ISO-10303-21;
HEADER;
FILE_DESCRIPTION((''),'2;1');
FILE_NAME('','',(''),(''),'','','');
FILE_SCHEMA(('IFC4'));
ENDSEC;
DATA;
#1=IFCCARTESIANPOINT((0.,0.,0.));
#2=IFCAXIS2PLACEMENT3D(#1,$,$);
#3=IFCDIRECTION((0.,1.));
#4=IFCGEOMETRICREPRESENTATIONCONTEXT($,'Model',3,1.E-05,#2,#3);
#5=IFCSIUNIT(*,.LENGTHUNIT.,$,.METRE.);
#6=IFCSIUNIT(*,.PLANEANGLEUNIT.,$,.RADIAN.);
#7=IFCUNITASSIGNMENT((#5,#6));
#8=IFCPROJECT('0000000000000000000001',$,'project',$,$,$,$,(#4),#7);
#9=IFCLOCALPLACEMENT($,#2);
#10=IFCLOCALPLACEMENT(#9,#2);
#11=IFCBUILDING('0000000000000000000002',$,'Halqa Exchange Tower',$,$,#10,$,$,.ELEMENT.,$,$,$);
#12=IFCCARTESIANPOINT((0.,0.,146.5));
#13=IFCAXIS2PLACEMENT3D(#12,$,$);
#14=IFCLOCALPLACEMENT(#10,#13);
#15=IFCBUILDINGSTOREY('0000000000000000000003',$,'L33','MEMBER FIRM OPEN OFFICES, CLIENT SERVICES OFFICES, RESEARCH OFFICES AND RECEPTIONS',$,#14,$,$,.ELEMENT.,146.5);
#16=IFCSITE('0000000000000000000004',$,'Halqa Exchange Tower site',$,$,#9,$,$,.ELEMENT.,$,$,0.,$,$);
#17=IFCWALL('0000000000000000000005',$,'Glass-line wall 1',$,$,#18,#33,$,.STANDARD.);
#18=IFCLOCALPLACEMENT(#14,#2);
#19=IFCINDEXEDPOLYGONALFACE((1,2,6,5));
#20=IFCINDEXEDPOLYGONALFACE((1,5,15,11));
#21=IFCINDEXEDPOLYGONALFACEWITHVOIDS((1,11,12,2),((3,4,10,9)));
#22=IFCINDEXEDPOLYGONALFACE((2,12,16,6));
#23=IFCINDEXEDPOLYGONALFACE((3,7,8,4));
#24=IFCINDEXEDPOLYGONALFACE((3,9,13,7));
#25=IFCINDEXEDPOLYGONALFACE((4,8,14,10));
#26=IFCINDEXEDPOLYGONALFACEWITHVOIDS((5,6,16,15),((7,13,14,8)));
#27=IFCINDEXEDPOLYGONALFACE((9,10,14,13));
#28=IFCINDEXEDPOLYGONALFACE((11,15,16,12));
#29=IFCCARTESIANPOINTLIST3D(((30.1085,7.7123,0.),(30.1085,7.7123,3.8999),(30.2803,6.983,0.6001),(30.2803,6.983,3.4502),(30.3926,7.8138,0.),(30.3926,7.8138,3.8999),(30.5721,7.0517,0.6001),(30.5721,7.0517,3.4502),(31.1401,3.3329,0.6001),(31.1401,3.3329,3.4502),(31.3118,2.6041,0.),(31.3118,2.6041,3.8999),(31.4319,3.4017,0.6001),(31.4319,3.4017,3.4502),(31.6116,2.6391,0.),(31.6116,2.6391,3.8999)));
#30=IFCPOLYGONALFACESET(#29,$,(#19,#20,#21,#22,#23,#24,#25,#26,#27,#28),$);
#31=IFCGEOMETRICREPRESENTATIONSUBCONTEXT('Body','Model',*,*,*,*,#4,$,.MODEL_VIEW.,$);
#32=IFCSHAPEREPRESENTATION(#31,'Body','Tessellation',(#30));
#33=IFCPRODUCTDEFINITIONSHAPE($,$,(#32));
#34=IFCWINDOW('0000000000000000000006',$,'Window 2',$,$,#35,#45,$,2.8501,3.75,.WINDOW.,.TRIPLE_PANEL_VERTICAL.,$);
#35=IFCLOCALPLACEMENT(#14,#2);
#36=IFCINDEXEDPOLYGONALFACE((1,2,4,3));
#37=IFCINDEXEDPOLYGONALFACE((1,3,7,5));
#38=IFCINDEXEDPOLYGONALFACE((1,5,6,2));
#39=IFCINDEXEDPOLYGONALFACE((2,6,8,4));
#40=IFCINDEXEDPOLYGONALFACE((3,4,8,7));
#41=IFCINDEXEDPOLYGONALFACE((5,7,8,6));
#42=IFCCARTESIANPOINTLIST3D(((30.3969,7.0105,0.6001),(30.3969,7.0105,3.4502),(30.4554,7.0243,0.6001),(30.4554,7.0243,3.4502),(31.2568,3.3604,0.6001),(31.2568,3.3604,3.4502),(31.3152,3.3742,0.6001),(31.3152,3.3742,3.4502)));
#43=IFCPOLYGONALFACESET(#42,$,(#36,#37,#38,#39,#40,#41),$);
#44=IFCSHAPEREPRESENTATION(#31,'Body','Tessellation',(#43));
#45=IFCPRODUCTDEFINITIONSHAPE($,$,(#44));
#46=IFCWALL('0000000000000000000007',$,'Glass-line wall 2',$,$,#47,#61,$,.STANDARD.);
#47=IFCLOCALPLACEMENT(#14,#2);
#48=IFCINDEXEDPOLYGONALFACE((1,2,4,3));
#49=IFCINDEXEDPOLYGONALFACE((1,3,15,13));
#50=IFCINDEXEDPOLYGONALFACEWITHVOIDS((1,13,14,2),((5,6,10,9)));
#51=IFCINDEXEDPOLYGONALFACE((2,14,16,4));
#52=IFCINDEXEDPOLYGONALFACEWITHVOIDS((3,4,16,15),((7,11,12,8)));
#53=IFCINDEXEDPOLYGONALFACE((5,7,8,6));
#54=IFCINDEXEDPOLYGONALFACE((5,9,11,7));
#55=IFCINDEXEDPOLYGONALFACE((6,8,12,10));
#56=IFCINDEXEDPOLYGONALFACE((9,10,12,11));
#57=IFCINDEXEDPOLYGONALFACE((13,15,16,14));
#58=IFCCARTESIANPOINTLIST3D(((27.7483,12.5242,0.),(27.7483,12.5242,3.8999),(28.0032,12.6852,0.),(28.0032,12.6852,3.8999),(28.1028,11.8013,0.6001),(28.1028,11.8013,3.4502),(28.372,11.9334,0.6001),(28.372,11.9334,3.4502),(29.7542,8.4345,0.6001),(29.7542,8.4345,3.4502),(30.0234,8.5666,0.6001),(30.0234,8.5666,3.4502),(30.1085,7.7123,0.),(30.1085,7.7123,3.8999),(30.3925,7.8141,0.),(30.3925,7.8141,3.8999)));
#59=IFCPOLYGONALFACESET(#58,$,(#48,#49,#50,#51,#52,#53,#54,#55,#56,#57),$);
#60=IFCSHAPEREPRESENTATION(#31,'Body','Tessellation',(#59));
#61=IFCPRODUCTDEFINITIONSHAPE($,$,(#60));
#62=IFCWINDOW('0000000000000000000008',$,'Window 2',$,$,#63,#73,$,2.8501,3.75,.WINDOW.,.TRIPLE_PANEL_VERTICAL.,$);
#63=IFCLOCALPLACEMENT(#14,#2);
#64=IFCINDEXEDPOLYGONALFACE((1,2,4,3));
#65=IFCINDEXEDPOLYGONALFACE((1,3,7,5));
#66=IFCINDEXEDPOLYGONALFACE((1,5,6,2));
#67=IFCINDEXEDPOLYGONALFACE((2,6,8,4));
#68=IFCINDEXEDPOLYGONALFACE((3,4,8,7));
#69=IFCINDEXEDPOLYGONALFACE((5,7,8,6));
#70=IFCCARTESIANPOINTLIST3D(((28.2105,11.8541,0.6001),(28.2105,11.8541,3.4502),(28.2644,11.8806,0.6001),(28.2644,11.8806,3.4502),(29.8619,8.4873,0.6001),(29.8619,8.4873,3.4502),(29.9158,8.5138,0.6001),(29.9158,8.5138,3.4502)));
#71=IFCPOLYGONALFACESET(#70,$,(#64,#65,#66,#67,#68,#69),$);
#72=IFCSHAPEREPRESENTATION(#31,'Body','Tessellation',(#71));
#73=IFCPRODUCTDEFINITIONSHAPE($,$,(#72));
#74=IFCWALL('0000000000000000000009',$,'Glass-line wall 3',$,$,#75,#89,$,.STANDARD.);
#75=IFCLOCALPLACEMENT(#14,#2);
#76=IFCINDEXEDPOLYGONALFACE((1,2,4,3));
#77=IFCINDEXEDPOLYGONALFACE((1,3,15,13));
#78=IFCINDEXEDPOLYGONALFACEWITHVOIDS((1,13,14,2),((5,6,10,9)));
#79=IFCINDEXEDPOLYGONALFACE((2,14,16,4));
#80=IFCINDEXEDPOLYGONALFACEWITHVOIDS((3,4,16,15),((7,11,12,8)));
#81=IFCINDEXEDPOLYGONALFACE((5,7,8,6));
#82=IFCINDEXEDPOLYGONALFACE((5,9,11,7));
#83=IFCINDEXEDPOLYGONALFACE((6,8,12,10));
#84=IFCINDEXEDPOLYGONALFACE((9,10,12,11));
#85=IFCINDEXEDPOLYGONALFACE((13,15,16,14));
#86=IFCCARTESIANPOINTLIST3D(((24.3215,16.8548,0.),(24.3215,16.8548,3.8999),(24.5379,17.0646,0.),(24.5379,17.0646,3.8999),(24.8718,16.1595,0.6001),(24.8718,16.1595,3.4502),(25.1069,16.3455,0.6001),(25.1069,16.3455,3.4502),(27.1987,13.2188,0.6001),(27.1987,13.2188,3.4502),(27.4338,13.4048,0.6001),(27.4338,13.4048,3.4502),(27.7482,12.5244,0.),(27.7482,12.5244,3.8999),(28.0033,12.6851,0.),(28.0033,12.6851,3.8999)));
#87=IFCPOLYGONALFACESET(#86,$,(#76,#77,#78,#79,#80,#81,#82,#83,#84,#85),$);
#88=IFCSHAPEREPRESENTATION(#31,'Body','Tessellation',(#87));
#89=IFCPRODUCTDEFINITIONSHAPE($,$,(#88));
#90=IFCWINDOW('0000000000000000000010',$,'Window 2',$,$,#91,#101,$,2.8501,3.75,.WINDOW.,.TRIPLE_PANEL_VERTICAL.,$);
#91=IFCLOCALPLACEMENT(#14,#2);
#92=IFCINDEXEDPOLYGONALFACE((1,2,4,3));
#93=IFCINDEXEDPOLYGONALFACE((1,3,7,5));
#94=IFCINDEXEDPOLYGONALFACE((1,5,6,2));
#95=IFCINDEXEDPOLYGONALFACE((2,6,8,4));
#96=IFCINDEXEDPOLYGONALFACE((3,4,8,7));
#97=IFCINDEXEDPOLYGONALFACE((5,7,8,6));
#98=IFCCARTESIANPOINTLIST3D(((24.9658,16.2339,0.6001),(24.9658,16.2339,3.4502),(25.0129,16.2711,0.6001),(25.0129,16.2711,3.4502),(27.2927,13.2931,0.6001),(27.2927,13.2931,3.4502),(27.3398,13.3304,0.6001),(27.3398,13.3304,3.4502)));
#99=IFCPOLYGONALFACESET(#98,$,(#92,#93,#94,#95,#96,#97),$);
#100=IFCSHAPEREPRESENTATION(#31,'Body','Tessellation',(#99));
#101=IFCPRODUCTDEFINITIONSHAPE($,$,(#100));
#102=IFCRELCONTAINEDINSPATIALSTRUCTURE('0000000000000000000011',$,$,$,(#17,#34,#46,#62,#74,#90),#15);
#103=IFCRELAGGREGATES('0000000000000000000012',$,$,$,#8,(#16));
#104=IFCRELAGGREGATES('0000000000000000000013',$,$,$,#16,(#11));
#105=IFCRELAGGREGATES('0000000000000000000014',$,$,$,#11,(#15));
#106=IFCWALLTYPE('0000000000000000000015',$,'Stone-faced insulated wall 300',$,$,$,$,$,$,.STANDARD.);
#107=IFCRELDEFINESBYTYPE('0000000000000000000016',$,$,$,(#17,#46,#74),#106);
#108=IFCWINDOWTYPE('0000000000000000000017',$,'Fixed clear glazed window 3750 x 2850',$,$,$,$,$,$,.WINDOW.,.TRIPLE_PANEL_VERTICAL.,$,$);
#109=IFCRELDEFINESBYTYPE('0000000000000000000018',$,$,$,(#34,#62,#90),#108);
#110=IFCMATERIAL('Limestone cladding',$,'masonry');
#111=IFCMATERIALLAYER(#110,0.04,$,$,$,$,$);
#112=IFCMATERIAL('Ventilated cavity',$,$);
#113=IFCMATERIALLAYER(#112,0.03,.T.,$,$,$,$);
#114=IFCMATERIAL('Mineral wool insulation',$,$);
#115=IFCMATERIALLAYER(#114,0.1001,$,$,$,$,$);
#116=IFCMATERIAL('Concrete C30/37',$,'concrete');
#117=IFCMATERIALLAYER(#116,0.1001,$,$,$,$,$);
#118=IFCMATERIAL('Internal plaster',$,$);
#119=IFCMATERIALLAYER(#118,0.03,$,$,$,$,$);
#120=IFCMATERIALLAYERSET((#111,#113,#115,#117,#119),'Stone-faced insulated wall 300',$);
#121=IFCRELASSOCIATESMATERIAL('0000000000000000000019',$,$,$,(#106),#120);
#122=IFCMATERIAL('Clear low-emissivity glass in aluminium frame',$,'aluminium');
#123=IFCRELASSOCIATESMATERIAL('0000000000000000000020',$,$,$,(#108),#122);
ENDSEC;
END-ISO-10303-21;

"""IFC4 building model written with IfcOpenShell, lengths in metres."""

from ifc_helpers import new_model, si_unit, direction, frame, frame_2d, origin, place, context, subcontext, project, spatial, polyline, rectangle, outline, extrude, material, layer, layer_set, type_object, element, fill, save


model = new_model("IFC4")

# Units and contexts
model_context = context("Model", 3, precision=1e-05, world=origin(), true_north=direction((0.0, 1.0)))
body_context = subcontext(model_context, "Body", "Model", "MODEL_VIEW")
ifc_project = project(units=[si_unit("LENGTHUNIT", "METRE"), si_unit("PLANEANGLEUNIT", "RADIAN")], contexts=[model_context])

# Site, building, storey
site_placement = place(None, origin())
site = spatial("IfcSite", under=ifc_project, at=site_placement, Name="Halqa Exchange Tower site", CompositionType="ELEMENT", RefElevation=0.0)
building_placement = place(site_placement, origin())
building = spatial("IfcBuilding", under=site, at=building_placement, Name="Halqa Exchange Tower", CompositionType="ELEMENT")
storey_placement = place(building_placement, frame((0.0, 0.0, 146.5)))
storey = spatial("IfcBuildingStorey", under=building, at=storey_placement, Name="L33", Description="MEMBER FIRM OPEN OFFICES, CLIENT SERVICES OFFICES, RESEARCH OFFICES AND RECEPTIONS", CompositionType="ELEMENT", Elevation=146.5)

# Walls, openings, windows
ifc_material_1 = material(Name="Limestone cladding", Category="masonry")
ifc_layer_1 = layer(ifc_material_1, 0.04)
ifc_material_2 = material(Name="Ventilated cavity")
ifc_layer_2 = layer(ifc_material_2, 0.03, ventilated=True)
ifc_material_3 = material(Name="Mineral wool insulation")
ifc_layer_3 = layer(ifc_material_3, 0.1001)
ifc_material_4 = material(Name="Concrete C30/37", Category="concrete")
ifc_layer_4 = layer(ifc_material_4, 0.1001)
ifc_material_5 = material(Name="Internal plaster")
ifc_layer_5 = layer(ifc_material_5, 0.03)
ifc_layer_set_1 = layer_set([ifc_layer_1, ifc_layer_2, ifc_layer_3, ifc_layer_4, ifc_layer_5], Name="Stone-faced insulated wall 300")
wall_type_1 = type_object("IfcWallType", Name="Stone-faced insulated wall 300", PredefinedType="STANDARD", material=ifc_layer_set_1)
wall_1_placement = place(storey_placement, frame((31.4617, 2.6216, 0.0), z_axis=(0.0, 0.0, 1.0), x_axis=(-0.229289, 0.973358, 0.0)))
wall_1 = element("IfcWall", 1, at=wall_1_placement, inside=storey, type_object=wall_type_1, Name="Glass-line wall 1", PredefinedType="STANDARD", context=body_context, shape_type="SweptSolid", body=[
    extrude(outline(polyline([(-0.0173, -0.1499), (5.2991, -0.1499), (5.2654, 0.1499), (0.0173, 0.1499), (-0.0173, -0.1499)])), origin(), (0.0, 0.0, 1.0), 3.8999),
])
opening_1_placement = place(wall_1_placement, frame((0.7661, 0.0, 0.6001)))
opening_1 = element("IfcOpeningElement", 2, at=opening_1_placement, cuts=wall_1, PredefinedType="OPENING", context=body_context, shape_type="SweptSolid", body=[
    extrude(rectangle(XDim=3.75, YDim=2.8501, at=frame_2d((1.875, 1.425))), frame((0.0, 0.1621, 0.0), z_axis=(0.0, -1.0, 0.0), x_axis=(1.0, 0.0, 0.0)), (0.0, 0.0, 1.0), 0.324),
])
ifc_material_6 = material(Name="Clear low-emissivity glass in aluminium frame", Category="aluminium")
window_type = type_object("IfcWindowType", Name="Fixed clear glazed window 3750 x 2850", PartitioningType="TRIPLE_PANEL_VERTICAL", PredefinedType="WINDOW", material=ifc_material_6)
window_1_placement = place(opening_1_placement, origin())
window_1 = element("IfcWindow", 3, at=window_1_placement, inside=storey, type_object=window_type, Name="Window 2", OverallHeight=2.8501, OverallWidth=3.75, PartitioningType="TRIPLE_PANEL_VERTICAL", PredefinedType="WINDOW", context=body_context, shape_type="SweptSolid", body=[
    extrude(rectangle(XDim=3.75, YDim=2.8501, at=frame_2d((1.875, 1.425))), frame((0.0, 0.03, 0.0), z_axis=(0.0, -1.0, 0.0), x_axis=(1.0, 0.0, 0.0)), (0.0, 0.0, 1.0), 0.0601),
])
fill(opening_1, window_1)
wall_2_placement = place(storey_placement, frame((30.2505, 7.7632, 0.0), z_axis=(0.0, 0.0, 1.0), x_axis=(-0.440373, 0.897815, 0.0)))
wall_2 = element("IfcWall", 4, at=wall_2_placement, inside=storey, type_object=wall_type_1, Name="Glass-line wall 2", PredefinedType="STANDARD", context=body_context, shape_type="SweptSolid", body=[
    extrude(outline(polyline([(-0.0168, -0.1499), (5.4087, -0.1499), (5.3765, 0.1499), (0.0168, 0.1499), (-0.0168, -0.1499)])), origin(), (0.0, 0.0, 1.0), 3.8999),
])
opening_2_placement = place(wall_2_placement, frame((0.8213, 0.0, 0.6001)))
opening_2 = element("IfcOpeningElement", 5, at=opening_2_placement, cuts=wall_2, PredefinedType="OPENING", context=body_context, shape_type="SweptSolid", body=[
    extrude(rectangle(XDim=3.75, YDim=2.8501, at=frame_2d((1.875, 1.425))), frame((0.0, 0.1621, 0.0), z_axis=(0.0, -1.0, 0.0), x_axis=(1.0, 0.0, 0.0)), (0.0, 0.0, 1.0), 0.324),
])
window_2_placement = place(opening_2_placement, origin())
window_2 = element("IfcWindow", 6, at=window_2_placement, inside=storey, type_object=window_type, Name="Window 2", OverallHeight=2.8501, OverallWidth=3.75, PartitioningType="TRIPLE_PANEL_VERTICAL", PredefinedType="WINDOW", context=body_context, shape_type="SweptSolid", body=[
    extrude(rectangle(XDim=3.75, YDim=2.8501, at=frame_2d((1.875, 1.425))), frame((0.0, 0.03, 0.0), z_axis=(0.0, -1.0, 0.0), x_axis=(1.0, 0.0, 0.0)), (0.0, 0.0, 1.0), 0.0601),
])
fill(opening_2, window_2)
wall_3_placement = place(storey_placement, frame((27.8757, 12.6047, 0.0), z_axis=(0.0, 0.0, 1.0), x_axis=(-0.620521, 0.78419, 0.0)))
wall_3 = element("IfcWall", 7, at=wall_3_placement, inside=storey, type_object=wall_type_1, Name="Glass-line wall 3", PredefinedType="STANDARD", context=body_context, shape_type="SweptSolid", body=[
    extrude(outline(polyline([(-0.0161, -0.1499), (5.5686, -0.1499), (5.5383, 0.1499), (0.0161, 0.1499), (-0.0161, -0.1499)])), origin(), (0.0, 0.0, 1.0), 3.8999),
])
opening_3_placement = place(wall_3_placement, frame((0.9016, 0.0, 0.6001)))
opening_3 = element("IfcOpeningElement", 8, at=opening_3_placement, cuts=wall_3, PredefinedType="OPENING", context=body_context, shape_type="SweptSolid", body=[
    extrude(rectangle(XDim=3.75, YDim=2.8501, at=frame_2d((1.875, 1.425))), frame((0.0, 0.1621, 0.0), z_axis=(0.0, -1.0, 0.0), x_axis=(1.0, 0.0, 0.0)), (0.0, 0.0, 1.0), 0.324),
])
window_3_placement = place(opening_3_placement, origin())
window_3 = element("IfcWindow", 9, at=window_3_placement, inside=storey, type_object=window_type, Name="Window 2", OverallHeight=2.8501, OverallWidth=3.75, PartitioningType="TRIPLE_PANEL_VERTICAL", PredefinedType="WINDOW", context=body_context, shape_type="SweptSolid", body=[
    extrude(rectangle(XDim=3.75, YDim=2.8501, at=frame_2d((1.875, 1.425))), frame((0.0, 0.03, 0.0), z_axis=(0.0, -1.0, 0.0), x_axis=(1.0, 0.0, 0.0)), (0.0, 0.0, 1.0), 0.0601),
])
fill(opening_3, window_3)

save(model, "model.ifc")
